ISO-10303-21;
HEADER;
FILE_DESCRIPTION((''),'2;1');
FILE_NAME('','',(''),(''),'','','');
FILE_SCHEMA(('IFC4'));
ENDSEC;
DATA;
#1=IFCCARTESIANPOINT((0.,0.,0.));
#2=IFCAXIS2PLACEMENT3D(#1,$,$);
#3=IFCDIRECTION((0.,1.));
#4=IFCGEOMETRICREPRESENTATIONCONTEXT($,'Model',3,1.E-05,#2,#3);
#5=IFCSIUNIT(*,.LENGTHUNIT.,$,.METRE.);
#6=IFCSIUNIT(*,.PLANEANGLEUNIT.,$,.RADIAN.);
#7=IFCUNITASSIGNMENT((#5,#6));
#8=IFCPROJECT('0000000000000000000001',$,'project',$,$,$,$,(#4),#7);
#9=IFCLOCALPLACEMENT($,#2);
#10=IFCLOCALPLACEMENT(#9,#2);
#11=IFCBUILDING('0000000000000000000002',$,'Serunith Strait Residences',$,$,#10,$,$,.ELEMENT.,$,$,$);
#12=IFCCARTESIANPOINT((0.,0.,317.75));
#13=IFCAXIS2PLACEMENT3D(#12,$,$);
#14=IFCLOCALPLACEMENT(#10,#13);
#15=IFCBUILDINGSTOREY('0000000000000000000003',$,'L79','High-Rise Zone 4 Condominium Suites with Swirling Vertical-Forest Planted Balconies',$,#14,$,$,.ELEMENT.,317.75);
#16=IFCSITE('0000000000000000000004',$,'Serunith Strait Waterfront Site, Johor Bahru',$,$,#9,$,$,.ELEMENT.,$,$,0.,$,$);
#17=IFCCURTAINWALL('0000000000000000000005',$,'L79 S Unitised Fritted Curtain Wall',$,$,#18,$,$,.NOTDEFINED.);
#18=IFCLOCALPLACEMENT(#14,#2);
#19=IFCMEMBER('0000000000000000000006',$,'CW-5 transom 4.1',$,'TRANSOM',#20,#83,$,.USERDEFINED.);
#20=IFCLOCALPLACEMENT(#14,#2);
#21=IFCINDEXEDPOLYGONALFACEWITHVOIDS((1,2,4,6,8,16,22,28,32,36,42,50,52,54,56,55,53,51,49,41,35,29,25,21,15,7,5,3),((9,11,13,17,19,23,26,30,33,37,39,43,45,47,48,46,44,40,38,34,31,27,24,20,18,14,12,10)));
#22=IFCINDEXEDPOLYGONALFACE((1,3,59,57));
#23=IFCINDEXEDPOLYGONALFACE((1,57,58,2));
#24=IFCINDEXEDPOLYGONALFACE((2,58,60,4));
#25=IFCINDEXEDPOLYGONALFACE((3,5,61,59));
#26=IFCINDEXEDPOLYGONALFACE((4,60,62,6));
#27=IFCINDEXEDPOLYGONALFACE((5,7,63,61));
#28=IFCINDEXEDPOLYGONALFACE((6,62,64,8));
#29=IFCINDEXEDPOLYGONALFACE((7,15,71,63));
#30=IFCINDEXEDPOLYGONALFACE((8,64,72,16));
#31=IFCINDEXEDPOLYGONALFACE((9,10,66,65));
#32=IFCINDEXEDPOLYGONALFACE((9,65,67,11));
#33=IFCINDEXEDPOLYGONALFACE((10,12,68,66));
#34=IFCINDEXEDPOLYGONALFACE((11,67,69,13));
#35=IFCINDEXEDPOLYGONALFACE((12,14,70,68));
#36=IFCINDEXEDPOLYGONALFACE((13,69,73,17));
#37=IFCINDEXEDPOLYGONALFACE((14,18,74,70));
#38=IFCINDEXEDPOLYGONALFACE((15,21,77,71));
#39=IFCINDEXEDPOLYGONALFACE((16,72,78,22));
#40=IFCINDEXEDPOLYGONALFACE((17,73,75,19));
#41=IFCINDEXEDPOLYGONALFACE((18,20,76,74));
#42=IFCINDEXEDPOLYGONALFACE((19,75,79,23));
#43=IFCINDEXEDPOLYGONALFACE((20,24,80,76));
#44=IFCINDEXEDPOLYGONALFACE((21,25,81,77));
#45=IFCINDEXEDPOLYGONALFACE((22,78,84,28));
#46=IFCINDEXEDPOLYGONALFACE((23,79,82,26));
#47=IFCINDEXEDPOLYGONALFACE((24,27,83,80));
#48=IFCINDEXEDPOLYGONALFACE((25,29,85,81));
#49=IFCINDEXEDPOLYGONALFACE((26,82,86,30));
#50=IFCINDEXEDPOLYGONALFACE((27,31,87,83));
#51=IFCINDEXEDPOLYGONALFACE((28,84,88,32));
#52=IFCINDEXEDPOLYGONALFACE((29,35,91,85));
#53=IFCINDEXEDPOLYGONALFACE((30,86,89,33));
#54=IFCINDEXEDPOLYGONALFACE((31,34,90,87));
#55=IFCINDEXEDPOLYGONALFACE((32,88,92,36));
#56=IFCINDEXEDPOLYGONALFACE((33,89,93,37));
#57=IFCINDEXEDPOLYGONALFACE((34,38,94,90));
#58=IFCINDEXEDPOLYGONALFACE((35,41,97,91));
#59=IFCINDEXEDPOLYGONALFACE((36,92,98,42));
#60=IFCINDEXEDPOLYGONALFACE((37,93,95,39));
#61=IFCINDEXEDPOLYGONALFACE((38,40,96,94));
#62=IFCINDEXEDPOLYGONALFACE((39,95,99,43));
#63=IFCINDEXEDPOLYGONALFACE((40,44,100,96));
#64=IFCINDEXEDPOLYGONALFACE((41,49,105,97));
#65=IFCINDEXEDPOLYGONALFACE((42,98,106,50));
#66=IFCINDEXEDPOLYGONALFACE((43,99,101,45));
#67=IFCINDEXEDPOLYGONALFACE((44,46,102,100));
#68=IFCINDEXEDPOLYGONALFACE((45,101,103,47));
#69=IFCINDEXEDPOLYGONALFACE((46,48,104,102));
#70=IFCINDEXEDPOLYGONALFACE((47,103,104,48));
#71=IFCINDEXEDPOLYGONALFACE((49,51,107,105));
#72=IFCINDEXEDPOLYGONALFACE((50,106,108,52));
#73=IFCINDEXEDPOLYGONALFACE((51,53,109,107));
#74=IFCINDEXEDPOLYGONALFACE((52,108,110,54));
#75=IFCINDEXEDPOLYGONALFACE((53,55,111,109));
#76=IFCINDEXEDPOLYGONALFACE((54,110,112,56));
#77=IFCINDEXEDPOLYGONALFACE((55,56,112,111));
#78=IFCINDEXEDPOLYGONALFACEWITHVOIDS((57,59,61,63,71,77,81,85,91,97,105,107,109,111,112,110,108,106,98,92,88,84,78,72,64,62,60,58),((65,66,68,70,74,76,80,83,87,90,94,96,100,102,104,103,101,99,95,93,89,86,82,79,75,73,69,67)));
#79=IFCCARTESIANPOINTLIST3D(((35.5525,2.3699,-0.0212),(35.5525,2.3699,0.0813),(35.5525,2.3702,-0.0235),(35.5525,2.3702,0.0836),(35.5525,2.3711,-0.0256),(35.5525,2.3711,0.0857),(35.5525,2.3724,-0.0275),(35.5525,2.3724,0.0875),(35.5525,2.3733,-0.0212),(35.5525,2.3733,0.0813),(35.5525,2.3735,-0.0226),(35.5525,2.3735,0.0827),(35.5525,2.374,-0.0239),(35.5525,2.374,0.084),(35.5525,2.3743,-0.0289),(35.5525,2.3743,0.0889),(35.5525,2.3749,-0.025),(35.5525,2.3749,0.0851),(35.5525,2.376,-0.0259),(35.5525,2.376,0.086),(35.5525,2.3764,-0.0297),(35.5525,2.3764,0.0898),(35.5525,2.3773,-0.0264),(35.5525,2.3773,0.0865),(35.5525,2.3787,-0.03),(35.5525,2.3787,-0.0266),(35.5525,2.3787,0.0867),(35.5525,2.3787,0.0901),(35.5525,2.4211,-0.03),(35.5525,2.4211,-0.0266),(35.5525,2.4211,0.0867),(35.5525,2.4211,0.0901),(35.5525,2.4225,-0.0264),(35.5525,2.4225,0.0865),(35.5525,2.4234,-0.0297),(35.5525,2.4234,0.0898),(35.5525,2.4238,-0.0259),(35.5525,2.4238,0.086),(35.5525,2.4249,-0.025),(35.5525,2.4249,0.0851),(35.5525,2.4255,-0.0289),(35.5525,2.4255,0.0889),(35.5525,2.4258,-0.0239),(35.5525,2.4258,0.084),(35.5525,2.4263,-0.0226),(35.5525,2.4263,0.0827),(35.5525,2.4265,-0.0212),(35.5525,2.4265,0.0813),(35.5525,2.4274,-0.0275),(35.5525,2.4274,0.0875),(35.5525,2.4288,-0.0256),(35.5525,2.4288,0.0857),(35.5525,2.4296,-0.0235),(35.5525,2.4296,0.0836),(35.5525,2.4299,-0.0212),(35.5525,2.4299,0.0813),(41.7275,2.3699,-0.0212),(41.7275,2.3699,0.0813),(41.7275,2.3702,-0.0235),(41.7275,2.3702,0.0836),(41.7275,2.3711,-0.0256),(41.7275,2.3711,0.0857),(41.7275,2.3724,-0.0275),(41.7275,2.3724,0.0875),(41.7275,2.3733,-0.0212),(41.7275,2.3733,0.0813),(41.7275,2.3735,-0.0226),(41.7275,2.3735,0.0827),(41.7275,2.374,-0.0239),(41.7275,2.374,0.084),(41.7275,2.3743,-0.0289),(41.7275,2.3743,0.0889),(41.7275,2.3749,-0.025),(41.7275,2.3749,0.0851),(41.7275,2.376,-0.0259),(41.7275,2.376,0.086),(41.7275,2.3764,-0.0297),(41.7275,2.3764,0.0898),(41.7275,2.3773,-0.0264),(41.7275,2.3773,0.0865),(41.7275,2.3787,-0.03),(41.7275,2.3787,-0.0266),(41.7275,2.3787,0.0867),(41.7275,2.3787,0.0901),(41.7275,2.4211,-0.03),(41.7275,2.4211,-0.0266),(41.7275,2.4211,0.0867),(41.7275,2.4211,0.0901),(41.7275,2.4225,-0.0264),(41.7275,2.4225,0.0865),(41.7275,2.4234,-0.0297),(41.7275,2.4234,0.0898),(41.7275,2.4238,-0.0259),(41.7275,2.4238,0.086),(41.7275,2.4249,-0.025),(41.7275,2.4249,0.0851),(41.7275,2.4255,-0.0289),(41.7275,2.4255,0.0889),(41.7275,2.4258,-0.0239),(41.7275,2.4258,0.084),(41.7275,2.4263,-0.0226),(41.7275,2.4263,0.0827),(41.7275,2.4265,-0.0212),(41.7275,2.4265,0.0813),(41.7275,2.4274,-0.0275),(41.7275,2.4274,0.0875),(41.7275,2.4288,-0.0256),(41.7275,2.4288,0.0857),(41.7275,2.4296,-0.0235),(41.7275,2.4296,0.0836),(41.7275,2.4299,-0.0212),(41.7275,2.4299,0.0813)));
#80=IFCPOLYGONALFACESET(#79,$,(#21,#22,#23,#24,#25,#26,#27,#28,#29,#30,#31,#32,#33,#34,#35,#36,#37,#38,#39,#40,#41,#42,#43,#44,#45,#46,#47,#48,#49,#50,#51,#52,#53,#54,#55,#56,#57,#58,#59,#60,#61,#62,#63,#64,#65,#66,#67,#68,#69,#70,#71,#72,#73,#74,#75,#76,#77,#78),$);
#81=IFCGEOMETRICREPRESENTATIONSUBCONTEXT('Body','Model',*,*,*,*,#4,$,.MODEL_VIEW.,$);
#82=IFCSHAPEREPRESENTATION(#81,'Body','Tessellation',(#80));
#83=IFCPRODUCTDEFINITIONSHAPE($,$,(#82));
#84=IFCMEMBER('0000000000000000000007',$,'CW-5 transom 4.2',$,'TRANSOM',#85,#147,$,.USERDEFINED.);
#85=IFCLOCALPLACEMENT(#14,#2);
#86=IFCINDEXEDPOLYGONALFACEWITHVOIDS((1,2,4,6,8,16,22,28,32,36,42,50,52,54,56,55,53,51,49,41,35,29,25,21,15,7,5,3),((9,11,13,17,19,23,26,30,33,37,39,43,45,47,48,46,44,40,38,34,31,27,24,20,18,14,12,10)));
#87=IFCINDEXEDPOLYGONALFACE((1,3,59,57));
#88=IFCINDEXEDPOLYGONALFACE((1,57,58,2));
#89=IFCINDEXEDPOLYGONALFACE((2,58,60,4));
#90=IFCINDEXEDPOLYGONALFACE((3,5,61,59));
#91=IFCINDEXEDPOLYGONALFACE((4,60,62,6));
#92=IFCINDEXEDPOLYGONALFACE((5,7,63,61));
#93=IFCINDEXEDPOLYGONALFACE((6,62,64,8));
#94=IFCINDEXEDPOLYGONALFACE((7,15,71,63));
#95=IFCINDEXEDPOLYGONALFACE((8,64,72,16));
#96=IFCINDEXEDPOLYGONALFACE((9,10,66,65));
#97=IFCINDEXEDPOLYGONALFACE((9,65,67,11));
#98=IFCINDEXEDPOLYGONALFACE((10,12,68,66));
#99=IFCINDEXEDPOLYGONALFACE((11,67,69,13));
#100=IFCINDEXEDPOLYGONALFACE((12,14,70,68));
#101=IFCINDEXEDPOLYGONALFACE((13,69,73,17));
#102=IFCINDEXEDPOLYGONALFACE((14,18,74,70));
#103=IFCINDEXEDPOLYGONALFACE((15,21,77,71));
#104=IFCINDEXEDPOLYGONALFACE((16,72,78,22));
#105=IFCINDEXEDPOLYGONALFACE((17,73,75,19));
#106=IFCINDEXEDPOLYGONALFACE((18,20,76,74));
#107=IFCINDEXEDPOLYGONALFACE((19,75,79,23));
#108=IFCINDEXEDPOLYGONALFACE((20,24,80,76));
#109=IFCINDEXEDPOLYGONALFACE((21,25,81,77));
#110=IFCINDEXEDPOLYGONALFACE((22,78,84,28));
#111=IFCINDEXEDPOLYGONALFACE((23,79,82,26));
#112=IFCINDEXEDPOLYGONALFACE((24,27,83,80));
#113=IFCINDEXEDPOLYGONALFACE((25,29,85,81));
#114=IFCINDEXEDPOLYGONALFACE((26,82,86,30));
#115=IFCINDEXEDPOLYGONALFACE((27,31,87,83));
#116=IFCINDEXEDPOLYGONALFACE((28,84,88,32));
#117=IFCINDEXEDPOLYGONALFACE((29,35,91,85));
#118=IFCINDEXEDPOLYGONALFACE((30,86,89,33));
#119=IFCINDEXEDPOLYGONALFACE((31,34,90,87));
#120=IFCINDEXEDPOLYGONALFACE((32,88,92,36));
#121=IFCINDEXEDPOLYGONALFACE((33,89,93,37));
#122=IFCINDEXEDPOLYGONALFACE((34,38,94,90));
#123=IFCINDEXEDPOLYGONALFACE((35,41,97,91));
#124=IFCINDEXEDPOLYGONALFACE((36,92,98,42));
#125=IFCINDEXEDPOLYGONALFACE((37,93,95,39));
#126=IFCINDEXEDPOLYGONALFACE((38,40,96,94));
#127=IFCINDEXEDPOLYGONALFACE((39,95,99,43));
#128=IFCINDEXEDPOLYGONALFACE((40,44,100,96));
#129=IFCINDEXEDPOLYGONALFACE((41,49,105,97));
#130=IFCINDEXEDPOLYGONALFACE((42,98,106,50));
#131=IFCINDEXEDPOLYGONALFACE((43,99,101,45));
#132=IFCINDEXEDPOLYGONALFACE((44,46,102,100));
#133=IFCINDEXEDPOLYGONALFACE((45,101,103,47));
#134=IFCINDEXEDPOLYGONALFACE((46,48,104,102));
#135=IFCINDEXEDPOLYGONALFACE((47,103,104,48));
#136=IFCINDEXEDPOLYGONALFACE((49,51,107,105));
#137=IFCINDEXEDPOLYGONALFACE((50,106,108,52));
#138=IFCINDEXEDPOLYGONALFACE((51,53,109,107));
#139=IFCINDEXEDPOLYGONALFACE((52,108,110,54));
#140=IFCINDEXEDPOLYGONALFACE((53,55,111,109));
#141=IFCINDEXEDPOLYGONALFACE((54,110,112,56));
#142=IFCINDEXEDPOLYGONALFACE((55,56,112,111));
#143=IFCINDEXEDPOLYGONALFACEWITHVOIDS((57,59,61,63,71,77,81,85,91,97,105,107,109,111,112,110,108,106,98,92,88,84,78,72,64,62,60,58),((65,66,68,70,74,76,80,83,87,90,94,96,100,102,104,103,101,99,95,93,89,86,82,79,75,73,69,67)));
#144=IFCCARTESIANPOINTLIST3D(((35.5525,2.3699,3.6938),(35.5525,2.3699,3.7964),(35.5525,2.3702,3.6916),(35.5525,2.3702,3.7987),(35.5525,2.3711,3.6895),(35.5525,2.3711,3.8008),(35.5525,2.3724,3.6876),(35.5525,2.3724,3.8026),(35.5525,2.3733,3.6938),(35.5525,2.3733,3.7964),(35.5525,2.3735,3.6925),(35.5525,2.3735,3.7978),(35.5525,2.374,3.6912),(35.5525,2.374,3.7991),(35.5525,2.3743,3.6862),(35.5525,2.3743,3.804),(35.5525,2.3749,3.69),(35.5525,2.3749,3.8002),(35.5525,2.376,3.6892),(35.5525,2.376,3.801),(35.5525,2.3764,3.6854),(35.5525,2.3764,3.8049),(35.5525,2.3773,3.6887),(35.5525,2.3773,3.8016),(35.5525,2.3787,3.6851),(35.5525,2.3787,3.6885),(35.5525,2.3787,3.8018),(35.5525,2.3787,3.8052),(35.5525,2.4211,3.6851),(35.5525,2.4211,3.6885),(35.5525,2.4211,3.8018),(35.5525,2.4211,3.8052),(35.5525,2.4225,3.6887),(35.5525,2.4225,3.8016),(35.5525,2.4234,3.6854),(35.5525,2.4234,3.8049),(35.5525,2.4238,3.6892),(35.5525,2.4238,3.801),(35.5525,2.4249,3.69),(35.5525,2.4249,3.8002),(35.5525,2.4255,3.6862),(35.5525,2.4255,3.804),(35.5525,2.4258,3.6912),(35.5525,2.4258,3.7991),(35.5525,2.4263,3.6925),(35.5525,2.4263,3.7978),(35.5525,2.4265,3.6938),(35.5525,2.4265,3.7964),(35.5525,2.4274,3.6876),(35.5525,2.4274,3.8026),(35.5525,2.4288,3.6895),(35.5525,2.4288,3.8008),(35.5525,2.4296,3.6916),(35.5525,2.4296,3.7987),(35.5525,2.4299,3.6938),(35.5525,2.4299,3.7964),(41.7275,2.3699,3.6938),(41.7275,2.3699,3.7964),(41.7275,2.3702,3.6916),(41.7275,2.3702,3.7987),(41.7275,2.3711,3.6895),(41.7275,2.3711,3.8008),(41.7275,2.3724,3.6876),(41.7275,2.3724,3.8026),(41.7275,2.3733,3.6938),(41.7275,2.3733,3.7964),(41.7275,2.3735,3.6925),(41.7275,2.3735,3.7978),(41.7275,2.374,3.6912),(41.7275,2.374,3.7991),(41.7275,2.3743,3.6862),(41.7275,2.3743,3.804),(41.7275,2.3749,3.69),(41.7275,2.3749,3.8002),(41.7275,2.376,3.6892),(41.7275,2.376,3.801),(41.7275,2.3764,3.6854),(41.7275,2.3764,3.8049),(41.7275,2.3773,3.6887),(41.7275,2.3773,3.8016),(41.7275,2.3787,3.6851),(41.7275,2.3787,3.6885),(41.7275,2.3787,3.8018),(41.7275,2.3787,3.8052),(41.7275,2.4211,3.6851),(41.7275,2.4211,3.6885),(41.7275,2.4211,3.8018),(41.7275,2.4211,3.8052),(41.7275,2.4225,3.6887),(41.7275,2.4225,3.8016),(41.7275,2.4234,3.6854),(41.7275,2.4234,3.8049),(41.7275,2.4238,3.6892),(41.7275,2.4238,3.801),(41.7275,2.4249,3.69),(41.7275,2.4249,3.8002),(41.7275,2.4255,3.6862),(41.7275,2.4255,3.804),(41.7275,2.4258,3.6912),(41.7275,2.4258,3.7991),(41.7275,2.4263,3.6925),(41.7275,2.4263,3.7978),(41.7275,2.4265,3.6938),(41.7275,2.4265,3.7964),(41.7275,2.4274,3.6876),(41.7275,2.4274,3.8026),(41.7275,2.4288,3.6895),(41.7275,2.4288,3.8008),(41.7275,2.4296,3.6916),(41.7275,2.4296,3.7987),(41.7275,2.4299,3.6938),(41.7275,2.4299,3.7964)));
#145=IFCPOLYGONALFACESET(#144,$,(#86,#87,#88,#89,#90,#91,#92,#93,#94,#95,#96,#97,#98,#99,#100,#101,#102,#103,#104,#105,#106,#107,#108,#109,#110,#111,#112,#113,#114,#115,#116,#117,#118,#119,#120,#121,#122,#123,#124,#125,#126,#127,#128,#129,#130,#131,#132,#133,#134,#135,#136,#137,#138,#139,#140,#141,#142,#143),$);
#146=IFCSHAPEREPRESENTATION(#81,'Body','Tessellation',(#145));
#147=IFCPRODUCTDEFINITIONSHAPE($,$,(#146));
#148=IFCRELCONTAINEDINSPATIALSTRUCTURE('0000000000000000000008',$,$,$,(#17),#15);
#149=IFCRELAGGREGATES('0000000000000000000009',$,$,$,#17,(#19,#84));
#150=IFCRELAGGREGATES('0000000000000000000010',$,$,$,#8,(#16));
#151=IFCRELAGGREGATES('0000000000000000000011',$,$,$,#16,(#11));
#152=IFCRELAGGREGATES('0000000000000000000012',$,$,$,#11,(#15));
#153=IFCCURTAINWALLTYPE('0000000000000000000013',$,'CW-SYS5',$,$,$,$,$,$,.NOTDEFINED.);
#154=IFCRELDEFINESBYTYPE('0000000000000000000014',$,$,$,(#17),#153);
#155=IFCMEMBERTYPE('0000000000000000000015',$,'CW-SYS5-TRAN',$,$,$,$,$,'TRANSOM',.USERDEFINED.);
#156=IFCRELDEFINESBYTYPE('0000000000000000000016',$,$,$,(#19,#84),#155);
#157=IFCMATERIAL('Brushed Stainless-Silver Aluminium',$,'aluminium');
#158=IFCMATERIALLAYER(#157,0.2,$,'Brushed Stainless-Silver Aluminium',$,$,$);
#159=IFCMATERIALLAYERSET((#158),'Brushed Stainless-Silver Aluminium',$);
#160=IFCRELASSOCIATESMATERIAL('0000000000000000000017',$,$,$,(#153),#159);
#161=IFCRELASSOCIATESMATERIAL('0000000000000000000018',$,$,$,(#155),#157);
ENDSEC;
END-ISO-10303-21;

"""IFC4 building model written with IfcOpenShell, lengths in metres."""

from ifc_helpers import new_model, si_unit, direction, frame, origin, origin_2d, place, context, subcontext, project, spatial, hollow_rectangle, extrude, source, transform, mapped, material, layer, layer_set, material_profile, profile_set, type_object, element, aggregate, save


model = new_model("IFC4")

# Units and contexts
model_context = context("Model", 3, precision=1e-05, world=origin(), true_north=direction((0.0, 1.0)))
body_context = subcontext(model_context, "Body", "Model", "MODEL_VIEW")
ifc_project = project(units=[si_unit("LENGTHUNIT", "METRE"), si_unit("PLANEANGLEUNIT", "RADIAN")], contexts=[model_context])

# Site, building, storey
site_placement = place(None, origin())
site = spatial("IfcSite", under=ifc_project, at=site_placement, Name="Serunith Strait Waterfront Site, Johor Bahru", CompositionType="ELEMENT", RefElevation=0.0)
building_placement = place(site_placement, origin())
building = spatial("IfcBuilding", under=site, at=building_placement, Name="Serunith Strait Residences", CompositionType="ELEMENT")
storey_placement = place(building_placement, frame((0.0, 0.0, 317.75)))
storey = spatial("IfcBuildingStorey", under=building, at=storey_placement, Name="L79", Description="High-Rise Zone 4 Condominium Suites with Swirling Vertical-Forest Planted Balconies", CompositionType="ELEMENT", Elevation=317.75)

# Curtain wall, members
ifc_material_1 = material(Name="Brushed Stainless-Silver Aluminium", Category="aluminium")
ifc_layer_1 = layer(ifc_material_1, 0.2, Name="Brushed Stainless-Silver Aluminium")
ifc_layer_set_1 = layer_set([ifc_layer_1], Name="Brushed Stainless-Silver Aluminium")
curtain_wall_type = type_object("IfcCurtainWallType", Name="CW-SYS5", PredefinedType="NOTDEFINED", material=ifc_layer_set_1)
curtain_wall_placement = place(storey_placement, origin())
curtain_wall = element("IfcCurtainWall", 1, at=curtain_wall_placement, inside=storey, type_object=curtain_wall_type, Name="L79 S Unitised Fritted Curtain Wall", PredefinedType="NOTDEFINED")
ifc_material_profile_1 = material_profile(ifc_material_1, hollow_rectangle(XDim=0.0601, YDim=0.1201, WallThickness=0.0034, InnerFilletRadius=0.0054, OuterFilletRadius=0.0088, at=origin_2d()), Name="ALU 120x60x3.5")
ifc_profile_set_1 = profile_set([ifc_material_profile_1], Name="Brushed Stainless-Silver Aluminium")
member_type_1 = type_object("IfcMemberType", Name="CW-SYS5-TRAN", ElementType="TRANSOM", PredefinedType="USERDEFINED", material=ifc_profile_set_1)
shared_shape_1 = source(origin(), body_context, "Body", "SweptSolid", [
    extrude(hollow_rectangle(XDim=0.0601, YDim=0.1201, WallThickness=0.0034, InnerFilletRadius=0.0054, OuterFilletRadius=0.0088, at=origin_2d()), origin(), (0.0, 0.0, 1.0), 6.175),
])
member_1_placement = place(storey_placement, frame((35.5525, 2.3999, 0.03), z_axis=(1.0, 0.0, 0.0), x_axis=(0.0, 1.0, 0.0)))
member_1 = element("IfcMember", 2, at=member_1_placement, type_object=member_type_1, Name="CW-5 transom 4.1", ObjectType="TRANSOM", PredefinedType="USERDEFINED", context=body_context, shape_type="MappedRepresentation", body=[
    mapped(shared_shape_1, transform((0.0, 0.0, 0.0), scale=1.0)),
])
member_2_placement = place(storey_placement, frame((35.5525, 2.3999, 3.7451), z_axis=(1.0, 0.0, 0.0), x_axis=(0.0, 1.0, 0.0)))
member_2 = element("IfcMember", 3, at=member_2_placement, type_object=member_type_1, Name="CW-5 transom 4.2", ObjectType="TRANSOM", PredefinedType="USERDEFINED", context=body_context, shape_type="MappedRepresentation", body=[
    mapped(shared_shape_1, transform((0.0, 0.0, 0.0), scale=1.0)),
])
aggregate(curtain_wall, [member_1, member_2])

save(model, "model.ifc")
